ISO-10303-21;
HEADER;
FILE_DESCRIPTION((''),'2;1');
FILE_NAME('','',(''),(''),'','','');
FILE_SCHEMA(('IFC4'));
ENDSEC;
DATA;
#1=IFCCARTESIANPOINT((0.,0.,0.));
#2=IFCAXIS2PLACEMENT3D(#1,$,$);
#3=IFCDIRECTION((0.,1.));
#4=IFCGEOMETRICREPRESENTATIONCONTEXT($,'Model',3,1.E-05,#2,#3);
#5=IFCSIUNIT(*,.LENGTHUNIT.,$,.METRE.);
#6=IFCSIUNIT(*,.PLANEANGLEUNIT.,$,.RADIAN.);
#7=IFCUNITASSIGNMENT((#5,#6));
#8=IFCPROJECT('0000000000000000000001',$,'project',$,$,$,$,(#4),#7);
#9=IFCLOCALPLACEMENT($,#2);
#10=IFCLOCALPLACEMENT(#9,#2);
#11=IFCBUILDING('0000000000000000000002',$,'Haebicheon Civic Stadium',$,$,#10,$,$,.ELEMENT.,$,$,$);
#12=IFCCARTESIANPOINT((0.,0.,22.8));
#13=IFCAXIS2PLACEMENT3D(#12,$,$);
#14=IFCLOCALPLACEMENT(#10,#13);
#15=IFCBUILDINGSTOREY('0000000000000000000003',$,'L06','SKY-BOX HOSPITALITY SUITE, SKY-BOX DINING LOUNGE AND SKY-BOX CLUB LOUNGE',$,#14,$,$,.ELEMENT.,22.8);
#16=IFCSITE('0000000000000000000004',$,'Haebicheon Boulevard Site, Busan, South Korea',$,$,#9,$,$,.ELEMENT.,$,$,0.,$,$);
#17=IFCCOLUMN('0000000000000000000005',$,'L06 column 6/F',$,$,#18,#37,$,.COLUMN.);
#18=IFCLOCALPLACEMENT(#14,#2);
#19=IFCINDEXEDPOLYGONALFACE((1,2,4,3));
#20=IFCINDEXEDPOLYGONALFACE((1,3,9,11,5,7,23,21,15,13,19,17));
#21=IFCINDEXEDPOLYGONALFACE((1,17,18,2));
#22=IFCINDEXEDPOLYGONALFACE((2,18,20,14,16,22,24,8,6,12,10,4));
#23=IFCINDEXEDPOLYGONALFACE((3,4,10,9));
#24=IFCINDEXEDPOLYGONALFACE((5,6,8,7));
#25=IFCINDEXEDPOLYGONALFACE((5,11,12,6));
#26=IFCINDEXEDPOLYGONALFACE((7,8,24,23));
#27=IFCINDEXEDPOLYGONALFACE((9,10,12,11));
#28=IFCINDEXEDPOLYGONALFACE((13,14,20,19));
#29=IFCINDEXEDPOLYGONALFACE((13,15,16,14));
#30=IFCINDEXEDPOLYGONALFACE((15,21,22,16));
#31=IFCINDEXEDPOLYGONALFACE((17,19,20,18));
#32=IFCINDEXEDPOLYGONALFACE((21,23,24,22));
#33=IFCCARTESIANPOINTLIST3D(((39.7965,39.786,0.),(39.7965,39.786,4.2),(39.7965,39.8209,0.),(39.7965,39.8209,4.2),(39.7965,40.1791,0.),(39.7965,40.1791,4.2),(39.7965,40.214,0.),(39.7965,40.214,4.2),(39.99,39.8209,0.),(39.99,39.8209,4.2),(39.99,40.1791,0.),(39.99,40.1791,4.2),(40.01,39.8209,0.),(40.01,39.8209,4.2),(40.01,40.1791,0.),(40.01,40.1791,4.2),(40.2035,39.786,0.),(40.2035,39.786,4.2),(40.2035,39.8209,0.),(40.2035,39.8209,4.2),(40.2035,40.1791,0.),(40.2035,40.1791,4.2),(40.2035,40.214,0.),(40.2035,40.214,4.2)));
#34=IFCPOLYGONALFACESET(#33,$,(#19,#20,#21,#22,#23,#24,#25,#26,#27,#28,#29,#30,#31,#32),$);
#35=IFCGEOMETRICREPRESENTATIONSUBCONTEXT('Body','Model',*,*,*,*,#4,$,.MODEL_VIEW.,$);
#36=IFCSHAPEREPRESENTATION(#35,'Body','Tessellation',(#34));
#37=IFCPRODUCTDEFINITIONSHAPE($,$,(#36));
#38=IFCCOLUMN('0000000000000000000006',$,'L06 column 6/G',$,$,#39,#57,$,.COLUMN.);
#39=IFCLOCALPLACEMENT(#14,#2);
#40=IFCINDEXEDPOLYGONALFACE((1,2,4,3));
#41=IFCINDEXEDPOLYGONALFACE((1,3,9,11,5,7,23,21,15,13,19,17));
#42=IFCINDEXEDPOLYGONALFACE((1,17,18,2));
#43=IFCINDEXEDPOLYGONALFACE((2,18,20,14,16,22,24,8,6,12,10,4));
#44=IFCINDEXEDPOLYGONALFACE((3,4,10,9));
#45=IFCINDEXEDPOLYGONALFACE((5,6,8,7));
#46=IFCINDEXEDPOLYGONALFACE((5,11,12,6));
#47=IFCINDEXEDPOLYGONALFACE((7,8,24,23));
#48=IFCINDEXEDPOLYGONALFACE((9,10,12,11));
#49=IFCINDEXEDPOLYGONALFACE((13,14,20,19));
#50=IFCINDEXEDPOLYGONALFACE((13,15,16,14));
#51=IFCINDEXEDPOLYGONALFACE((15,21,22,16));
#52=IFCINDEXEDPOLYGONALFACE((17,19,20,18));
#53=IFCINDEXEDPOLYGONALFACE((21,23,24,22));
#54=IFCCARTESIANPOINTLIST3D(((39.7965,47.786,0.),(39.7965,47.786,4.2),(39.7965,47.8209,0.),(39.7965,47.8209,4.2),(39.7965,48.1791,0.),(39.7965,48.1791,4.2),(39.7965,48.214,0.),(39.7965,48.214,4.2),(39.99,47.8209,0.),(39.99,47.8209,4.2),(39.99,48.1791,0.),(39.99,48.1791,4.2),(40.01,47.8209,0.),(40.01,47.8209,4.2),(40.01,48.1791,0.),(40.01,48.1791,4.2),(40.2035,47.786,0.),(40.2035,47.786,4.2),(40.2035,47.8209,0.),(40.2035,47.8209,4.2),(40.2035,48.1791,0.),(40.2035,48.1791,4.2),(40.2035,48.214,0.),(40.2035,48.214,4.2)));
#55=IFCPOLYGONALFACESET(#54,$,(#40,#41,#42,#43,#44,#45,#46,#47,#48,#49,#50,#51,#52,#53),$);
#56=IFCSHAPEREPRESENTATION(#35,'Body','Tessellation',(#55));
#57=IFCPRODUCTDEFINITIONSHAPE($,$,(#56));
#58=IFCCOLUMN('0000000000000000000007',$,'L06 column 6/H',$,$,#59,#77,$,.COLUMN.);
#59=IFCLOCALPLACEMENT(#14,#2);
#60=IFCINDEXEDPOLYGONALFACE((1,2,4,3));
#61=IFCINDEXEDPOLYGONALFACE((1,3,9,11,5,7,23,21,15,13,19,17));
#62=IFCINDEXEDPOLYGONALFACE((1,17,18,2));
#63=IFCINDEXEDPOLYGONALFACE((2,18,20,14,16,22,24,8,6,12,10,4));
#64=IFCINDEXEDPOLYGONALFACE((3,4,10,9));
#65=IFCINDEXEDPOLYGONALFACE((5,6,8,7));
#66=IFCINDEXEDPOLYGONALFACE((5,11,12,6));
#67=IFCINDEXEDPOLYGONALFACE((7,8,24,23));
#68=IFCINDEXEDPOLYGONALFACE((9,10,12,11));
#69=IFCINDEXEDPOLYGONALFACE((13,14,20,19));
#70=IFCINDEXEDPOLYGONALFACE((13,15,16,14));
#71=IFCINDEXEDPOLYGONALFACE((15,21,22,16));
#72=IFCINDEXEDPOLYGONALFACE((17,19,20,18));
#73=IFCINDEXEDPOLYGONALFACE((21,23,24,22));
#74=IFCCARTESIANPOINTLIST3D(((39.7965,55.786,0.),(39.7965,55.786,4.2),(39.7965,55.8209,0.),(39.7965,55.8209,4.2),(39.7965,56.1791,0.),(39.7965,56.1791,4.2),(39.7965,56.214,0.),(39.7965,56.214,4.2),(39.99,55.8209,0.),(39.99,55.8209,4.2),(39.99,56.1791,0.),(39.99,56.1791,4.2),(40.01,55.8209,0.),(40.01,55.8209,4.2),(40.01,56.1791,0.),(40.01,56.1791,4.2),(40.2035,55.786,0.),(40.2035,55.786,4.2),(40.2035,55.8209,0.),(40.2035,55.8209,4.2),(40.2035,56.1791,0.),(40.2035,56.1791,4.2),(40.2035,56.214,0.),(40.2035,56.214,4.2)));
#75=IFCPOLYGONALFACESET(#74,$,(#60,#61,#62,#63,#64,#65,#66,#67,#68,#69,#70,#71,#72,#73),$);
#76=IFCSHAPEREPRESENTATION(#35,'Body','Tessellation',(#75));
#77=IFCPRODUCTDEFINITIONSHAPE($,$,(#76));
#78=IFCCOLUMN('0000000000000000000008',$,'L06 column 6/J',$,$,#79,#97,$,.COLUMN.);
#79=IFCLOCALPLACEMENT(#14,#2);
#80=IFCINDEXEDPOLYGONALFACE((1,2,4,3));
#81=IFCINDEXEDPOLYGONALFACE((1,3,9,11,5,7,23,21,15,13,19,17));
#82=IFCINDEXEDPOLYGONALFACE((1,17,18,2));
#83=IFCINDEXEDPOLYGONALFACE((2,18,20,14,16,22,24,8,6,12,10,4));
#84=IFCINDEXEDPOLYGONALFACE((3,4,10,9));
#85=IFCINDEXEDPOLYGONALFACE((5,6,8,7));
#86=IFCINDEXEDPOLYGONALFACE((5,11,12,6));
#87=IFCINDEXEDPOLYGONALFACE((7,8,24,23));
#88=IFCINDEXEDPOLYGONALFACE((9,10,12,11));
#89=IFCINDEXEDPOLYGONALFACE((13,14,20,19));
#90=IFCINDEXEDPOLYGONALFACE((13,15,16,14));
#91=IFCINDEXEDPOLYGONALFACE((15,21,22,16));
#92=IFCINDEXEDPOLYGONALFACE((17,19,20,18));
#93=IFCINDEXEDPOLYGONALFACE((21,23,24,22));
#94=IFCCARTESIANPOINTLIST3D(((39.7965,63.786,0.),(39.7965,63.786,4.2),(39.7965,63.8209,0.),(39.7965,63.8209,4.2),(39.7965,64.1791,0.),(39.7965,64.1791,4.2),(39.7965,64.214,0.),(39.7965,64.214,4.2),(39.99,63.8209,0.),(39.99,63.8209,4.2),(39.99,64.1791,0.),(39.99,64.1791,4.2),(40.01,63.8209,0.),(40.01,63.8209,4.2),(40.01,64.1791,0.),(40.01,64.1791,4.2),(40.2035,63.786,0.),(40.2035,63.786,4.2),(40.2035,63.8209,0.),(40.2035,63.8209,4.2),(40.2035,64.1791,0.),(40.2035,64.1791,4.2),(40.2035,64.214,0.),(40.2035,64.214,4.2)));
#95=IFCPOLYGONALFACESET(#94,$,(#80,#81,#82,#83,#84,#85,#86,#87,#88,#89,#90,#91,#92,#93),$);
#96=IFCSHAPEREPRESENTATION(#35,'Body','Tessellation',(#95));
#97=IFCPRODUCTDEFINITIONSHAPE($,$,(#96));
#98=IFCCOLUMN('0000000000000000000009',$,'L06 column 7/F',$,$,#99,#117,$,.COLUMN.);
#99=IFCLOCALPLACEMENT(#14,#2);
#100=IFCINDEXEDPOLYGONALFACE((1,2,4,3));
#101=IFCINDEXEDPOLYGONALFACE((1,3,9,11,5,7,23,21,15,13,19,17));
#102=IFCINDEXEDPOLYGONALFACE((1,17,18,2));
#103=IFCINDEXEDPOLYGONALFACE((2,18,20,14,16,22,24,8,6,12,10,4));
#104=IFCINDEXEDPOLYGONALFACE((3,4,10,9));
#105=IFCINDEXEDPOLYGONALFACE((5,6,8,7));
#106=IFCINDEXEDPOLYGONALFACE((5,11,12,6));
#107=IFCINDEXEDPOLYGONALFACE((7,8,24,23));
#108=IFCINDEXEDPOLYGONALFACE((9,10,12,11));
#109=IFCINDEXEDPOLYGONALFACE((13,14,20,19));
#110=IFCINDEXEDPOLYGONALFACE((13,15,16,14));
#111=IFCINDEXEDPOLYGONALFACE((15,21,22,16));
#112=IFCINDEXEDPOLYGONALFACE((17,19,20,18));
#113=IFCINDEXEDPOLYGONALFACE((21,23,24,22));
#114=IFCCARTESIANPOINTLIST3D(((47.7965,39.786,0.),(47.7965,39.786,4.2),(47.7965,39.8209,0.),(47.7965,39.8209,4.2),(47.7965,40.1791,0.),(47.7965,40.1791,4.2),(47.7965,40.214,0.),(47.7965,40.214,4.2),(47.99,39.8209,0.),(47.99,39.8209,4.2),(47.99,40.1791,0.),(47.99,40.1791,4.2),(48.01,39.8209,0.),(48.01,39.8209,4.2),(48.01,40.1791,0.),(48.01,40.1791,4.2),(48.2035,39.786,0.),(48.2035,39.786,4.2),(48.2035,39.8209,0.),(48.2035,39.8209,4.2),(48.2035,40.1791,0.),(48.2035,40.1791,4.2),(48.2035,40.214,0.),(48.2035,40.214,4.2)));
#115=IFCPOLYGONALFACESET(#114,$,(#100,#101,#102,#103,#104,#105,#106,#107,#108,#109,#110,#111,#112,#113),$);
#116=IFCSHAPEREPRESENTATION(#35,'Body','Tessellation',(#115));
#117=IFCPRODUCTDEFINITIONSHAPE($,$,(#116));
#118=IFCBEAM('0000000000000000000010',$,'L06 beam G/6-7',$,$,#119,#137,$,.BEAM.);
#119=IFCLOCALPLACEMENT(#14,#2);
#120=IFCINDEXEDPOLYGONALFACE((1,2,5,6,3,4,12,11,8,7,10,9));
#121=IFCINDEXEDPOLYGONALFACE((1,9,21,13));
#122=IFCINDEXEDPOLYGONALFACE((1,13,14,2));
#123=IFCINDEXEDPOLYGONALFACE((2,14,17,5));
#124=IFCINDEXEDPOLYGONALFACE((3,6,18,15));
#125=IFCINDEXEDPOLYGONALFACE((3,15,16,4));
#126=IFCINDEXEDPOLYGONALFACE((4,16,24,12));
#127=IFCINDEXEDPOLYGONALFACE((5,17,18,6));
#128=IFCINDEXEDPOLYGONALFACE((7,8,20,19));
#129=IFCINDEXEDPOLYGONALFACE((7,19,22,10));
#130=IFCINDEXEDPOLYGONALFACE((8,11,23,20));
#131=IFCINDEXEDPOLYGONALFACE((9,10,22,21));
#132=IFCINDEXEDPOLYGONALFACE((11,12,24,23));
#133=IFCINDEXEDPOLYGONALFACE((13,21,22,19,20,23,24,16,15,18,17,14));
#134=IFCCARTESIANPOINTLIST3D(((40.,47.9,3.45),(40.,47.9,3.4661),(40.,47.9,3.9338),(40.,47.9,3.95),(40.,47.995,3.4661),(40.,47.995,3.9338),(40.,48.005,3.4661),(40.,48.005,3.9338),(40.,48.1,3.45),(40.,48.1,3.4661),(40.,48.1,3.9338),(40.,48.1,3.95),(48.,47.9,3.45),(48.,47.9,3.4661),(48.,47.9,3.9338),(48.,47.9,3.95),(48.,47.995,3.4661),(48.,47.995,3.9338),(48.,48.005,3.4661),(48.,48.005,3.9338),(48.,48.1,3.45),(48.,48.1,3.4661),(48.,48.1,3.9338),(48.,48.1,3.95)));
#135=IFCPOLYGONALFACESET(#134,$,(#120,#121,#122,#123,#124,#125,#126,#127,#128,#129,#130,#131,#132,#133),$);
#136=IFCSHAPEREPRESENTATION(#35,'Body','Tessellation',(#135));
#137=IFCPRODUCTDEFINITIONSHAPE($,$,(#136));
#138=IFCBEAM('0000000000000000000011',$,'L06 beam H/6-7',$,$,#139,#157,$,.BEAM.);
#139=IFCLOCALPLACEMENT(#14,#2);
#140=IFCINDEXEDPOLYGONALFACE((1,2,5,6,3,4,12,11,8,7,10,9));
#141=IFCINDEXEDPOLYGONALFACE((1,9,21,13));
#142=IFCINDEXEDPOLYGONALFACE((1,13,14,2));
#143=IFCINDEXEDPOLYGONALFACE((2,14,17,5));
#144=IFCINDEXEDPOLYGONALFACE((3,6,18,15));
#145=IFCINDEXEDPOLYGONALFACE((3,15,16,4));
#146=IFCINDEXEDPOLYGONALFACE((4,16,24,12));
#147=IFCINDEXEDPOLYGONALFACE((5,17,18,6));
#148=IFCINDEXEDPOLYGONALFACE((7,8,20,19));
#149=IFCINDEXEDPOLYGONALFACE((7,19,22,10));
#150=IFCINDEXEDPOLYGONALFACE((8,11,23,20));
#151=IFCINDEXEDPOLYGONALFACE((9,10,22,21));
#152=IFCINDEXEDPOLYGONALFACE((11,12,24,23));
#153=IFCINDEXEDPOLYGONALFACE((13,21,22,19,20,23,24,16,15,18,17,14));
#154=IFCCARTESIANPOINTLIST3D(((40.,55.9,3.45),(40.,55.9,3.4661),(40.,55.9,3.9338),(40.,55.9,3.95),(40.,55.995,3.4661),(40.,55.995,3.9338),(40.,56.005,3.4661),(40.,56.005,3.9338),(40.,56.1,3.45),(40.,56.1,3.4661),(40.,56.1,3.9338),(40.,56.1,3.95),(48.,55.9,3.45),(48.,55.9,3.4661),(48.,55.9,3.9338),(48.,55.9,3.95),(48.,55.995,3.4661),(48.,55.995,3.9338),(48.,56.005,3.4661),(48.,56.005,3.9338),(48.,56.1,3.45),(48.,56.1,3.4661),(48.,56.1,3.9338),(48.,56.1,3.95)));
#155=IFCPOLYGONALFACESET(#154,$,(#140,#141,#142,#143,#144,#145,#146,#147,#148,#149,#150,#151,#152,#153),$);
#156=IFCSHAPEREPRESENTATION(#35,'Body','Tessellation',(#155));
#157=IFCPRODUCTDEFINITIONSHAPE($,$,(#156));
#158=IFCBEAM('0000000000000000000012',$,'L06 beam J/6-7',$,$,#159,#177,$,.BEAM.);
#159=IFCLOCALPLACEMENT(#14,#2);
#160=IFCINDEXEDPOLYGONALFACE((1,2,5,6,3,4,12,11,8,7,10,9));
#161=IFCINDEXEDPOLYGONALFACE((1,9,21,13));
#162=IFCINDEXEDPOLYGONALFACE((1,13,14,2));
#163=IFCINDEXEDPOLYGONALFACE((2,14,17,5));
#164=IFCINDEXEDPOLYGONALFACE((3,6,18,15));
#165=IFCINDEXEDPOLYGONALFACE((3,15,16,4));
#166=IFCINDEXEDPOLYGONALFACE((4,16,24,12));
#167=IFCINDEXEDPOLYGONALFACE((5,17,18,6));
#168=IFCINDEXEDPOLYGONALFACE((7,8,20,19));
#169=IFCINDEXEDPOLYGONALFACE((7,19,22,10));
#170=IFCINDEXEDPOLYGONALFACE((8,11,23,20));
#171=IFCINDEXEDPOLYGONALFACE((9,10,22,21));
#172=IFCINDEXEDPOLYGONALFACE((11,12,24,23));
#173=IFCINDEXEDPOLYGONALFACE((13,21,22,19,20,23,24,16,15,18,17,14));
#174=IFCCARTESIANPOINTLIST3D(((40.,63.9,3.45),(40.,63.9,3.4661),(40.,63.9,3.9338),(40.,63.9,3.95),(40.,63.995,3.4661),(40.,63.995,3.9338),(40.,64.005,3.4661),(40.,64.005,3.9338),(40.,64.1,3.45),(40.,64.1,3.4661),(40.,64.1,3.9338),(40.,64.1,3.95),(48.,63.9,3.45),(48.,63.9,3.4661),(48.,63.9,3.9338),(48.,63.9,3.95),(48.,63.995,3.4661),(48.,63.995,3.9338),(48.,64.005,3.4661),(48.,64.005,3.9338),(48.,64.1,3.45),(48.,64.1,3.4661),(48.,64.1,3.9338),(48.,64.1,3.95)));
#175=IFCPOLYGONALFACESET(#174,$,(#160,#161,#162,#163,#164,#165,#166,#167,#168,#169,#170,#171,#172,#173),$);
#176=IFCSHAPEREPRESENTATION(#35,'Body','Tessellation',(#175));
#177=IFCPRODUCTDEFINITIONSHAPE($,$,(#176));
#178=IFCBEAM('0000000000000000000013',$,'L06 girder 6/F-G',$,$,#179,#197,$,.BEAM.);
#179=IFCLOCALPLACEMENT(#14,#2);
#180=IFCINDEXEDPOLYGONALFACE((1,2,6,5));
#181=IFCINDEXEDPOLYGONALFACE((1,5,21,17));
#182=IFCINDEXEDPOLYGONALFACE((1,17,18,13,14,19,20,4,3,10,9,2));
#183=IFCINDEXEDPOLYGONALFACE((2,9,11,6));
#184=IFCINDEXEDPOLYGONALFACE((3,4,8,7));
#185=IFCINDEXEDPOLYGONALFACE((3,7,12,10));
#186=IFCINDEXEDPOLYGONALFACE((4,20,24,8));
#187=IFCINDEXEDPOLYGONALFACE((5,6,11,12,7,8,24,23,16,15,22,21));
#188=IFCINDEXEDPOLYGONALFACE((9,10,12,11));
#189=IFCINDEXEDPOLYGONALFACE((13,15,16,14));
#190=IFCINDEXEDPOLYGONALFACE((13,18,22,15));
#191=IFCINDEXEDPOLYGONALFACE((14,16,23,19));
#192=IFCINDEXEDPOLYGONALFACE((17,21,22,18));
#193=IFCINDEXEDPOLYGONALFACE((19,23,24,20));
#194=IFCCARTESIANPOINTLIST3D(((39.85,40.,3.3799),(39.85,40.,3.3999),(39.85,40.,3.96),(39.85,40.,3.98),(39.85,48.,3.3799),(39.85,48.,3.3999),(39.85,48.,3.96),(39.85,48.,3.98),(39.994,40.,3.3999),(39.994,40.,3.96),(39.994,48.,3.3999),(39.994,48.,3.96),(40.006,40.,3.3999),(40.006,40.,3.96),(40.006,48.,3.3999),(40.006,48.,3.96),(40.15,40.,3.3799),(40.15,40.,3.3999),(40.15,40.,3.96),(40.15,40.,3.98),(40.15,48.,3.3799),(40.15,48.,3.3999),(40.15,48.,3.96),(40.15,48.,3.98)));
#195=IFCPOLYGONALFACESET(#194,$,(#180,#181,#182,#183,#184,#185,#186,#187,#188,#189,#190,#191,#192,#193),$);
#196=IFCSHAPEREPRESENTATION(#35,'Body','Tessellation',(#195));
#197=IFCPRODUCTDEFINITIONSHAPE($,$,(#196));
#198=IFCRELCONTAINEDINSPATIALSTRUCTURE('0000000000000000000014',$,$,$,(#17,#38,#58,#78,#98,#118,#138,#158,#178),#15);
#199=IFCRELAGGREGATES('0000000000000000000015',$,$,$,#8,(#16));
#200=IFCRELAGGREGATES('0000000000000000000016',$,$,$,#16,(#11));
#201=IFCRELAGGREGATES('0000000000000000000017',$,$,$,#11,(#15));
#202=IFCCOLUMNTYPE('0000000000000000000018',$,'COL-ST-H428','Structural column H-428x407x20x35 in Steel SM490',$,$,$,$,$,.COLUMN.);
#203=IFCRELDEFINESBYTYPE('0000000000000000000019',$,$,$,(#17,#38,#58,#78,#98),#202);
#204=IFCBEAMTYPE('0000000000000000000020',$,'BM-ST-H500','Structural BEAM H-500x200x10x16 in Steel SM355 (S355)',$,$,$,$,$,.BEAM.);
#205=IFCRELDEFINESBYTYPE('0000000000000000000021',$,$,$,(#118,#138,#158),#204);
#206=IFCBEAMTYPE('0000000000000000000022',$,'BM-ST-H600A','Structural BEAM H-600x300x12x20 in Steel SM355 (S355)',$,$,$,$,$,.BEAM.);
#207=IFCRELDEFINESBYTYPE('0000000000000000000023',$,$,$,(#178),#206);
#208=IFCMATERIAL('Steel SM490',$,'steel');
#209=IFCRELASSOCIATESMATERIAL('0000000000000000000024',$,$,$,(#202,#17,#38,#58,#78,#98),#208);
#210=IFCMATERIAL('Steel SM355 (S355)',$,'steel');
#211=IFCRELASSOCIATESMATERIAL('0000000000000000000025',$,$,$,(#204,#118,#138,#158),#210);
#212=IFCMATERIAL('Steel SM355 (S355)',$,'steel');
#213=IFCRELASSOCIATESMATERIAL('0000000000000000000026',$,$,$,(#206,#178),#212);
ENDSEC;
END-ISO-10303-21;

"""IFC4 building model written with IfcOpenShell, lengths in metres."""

from ifc_helpers import new_model, si_unit, direction, frame, origin, origin_2d, place, context, subcontext, project, spatial, i_section, extrude, material, material_profile, profile_set, type_object, element, save


model = new_model("IFC4")

# Units and contexts
model_context = context("Model", 3, precision=1e-05, world=origin(), true_north=direction((0.0, 1.0)))
body_context = subcontext(model_context, "Body", "Model", "MODEL_VIEW")
ifc_project = project(units=[si_unit("LENGTHUNIT", "METRE"), si_unit("PLANEANGLEUNIT", "RADIAN")], contexts=[model_context])

# Site, building, storey
site_placement = place(None, origin())
site = spatial("IfcSite", under=ifc_project, at=site_placement, Name="Haebicheon Boulevard Site, Busan, South Korea", CompositionType="ELEMENT", RefElevation=0.0)
building_placement = place(site_placement, origin())
building = spatial("IfcBuilding", under=site, at=building_placement, Name="Haebicheon Civic Stadium", CompositionType="ELEMENT")
storey_placement = place(building_placement, frame((0.0, 0.0, 22.8)))
storey = spatial("IfcBuildingStorey", under=building, at=storey_placement, Name="L06", Description="SKY-BOX HOSPITALITY SUITE, SKY-BOX DINING LOUNGE AND SKY-BOX CLUB LOUNGE", CompositionType="ELEMENT", Elevation=22.8)

# Columns
ifc_material_1 = material(Name="Steel SM490", Category="steel")
ifc_material_profile_1 = material_profile(ifc_material_1, i_section(OverallWidth=0.407, OverallDepth=0.428, WebThickness=0.02, FlangeThickness=0.0349, at=origin_2d()), Name="H-428x407x20x35")
ifc_profile_set_1 = profile_set([ifc_material_profile_1], Name="Steel SM490")
column_type = type_object("IfcColumnType", Name="COL-ST-H428", Description="Structural column H-428x407x20x35 in Steel SM490", PredefinedType="COLUMN", material=ifc_profile_set_1)
for number, where, z_axis, x_axis, name in (
    (1, (40.0, 40.0, 0.0), (0.0, 0.0, 1.0), (1.0, 0.0, 0.0), "L06 column 6/F"),
    (2, (40.0, 48.0, 0.0), (0.0, 0.0, 1.0), (1.0, 0.0, 0.0), "L06 column 6/G"),
    (3, (40.0, 56.0, 0.0), (0.0, 0.0, 1.0), (1.0, 0.0, 0.0), "L06 column 6/H"),
    (4, (40.0, 64.0, 0.0), (0.0, 0.0, 1.0), (1.0, 0.0, 0.0), "L06 column 6/J"),
    (5, (48.0, 40.0, 0.0), (0.0, 0.0, 1.0), (1.0, 0.0, 0.0), "L06 column 7/F"),
):
    element("IfcColumn", number, at=place(storey_placement, frame(where, z_axis=z_axis, x_axis=x_axis)), inside=storey, type_object=column_type, material=ifc_profile_set_1, Name=name, PredefinedType="COLUMN", context=body_context, shape_type="SweptSolid", body=[
        extrude(i_section(OverallWidth=0.407, OverallDepth=0.428, WebThickness=0.02, FlangeThickness=0.0349, at=origin_2d()), origin(), (0.0, 0.0, 1.0), 4.2),
    ])

# Beams
ifc_material_2 = material(Name="Steel SM355 (S355)", Category="steel")
ifc_material_profile_2 = material_profile(ifc_material_2, i_section(OverallWidth=0.2, OverallDepth=0.5, WebThickness=0.01, FlangeThickness=0.0161, at=origin_2d()), Name="H-500x200x10x16")
ifc_profile_set_2 = profile_set([ifc_material_profile_2], Name="Steel SM355 (S355)")
beam_type_1 = type_object("IfcBeamType", Name="BM-ST-H500", Description="Structural BEAM H-500x200x10x16 in Steel SM355 (S355)", PredefinedType="BEAM", material=ifc_profile_set_2)
for number, where, z_axis, x_axis, name in (
    (6, (40.0, 48.0, 3.7), (1.0, 0.0, 0.0), (0.0, 1.0, 0.0), "L06 beam G/6-7"),
    (7, (40.0, 56.0, 3.7), (1.0, 0.0, 0.0), (0.0, 1.0, 0.0), "L06 beam H/6-7"),
    (8, (40.0, 64.0, 3.7), (1.0, 0.0, 0.0), (0.0, 1.0, 0.0), "L06 beam J/6-7"),
):
    element("IfcBeam", number, at=place(storey_placement, frame(where, z_axis=z_axis, x_axis=x_axis)), inside=storey, type_object=beam_type_1, material=ifc_profile_set_2, Name=name, PredefinedType="BEAM", context=body_context, shape_type="SweptSolid", body=[
        extrude(i_section(OverallWidth=0.2, OverallDepth=0.5, WebThickness=0.01, FlangeThickness=0.0161, at=origin_2d()), origin(), (0.0, 0.0, 1.0), 8.0),
    ])
ifc_material_3 = material(Name="Steel SM355 (S355)", Category="steel")
ifc_material_profile_3 = material_profile(ifc_material_3, i_section(OverallWidth=0.3, OverallDepth=0.6001, WebThickness=0.012, FlangeThickness=0.02, at=origin_2d()), Name="H-600x300x12x20")
ifc_profile_set_3 = profile_set([ifc_material_profile_3], Name="Steel SM355 (S355)")
beam_type_2 = type_object("IfcBeamType", Name="BM-ST-H600A", Description="Structural BEAM H-600x300x12x20 in Steel SM355 (S355)", PredefinedType="BEAM", material=ifc_profile_set_3)
for number, where, z_axis, x_axis, name in (
    (9, (40.0, 40.0, 3.6799), (0.0, 1.0, 0.0), (-1.0, 0.0, 0.0), "L06 girder 6/F-G"),
):
    element("IfcBeam", number, at=place(storey_placement, frame(where, z_axis=z_axis, x_axis=x_axis)), inside=storey, type_object=beam_type_2, material=ifc_profile_set_3, Name=name, PredefinedType="BEAM", context=body_context, shape_type="SweptSolid", body=[
        extrude(i_section(OverallWidth=0.3, OverallDepth=0.6001, WebThickness=0.012, FlangeThickness=0.02, at=origin_2d()), origin(), (0.0, 0.0, 1.0), 8.0),
    ])

save(model, "model.ifc")
